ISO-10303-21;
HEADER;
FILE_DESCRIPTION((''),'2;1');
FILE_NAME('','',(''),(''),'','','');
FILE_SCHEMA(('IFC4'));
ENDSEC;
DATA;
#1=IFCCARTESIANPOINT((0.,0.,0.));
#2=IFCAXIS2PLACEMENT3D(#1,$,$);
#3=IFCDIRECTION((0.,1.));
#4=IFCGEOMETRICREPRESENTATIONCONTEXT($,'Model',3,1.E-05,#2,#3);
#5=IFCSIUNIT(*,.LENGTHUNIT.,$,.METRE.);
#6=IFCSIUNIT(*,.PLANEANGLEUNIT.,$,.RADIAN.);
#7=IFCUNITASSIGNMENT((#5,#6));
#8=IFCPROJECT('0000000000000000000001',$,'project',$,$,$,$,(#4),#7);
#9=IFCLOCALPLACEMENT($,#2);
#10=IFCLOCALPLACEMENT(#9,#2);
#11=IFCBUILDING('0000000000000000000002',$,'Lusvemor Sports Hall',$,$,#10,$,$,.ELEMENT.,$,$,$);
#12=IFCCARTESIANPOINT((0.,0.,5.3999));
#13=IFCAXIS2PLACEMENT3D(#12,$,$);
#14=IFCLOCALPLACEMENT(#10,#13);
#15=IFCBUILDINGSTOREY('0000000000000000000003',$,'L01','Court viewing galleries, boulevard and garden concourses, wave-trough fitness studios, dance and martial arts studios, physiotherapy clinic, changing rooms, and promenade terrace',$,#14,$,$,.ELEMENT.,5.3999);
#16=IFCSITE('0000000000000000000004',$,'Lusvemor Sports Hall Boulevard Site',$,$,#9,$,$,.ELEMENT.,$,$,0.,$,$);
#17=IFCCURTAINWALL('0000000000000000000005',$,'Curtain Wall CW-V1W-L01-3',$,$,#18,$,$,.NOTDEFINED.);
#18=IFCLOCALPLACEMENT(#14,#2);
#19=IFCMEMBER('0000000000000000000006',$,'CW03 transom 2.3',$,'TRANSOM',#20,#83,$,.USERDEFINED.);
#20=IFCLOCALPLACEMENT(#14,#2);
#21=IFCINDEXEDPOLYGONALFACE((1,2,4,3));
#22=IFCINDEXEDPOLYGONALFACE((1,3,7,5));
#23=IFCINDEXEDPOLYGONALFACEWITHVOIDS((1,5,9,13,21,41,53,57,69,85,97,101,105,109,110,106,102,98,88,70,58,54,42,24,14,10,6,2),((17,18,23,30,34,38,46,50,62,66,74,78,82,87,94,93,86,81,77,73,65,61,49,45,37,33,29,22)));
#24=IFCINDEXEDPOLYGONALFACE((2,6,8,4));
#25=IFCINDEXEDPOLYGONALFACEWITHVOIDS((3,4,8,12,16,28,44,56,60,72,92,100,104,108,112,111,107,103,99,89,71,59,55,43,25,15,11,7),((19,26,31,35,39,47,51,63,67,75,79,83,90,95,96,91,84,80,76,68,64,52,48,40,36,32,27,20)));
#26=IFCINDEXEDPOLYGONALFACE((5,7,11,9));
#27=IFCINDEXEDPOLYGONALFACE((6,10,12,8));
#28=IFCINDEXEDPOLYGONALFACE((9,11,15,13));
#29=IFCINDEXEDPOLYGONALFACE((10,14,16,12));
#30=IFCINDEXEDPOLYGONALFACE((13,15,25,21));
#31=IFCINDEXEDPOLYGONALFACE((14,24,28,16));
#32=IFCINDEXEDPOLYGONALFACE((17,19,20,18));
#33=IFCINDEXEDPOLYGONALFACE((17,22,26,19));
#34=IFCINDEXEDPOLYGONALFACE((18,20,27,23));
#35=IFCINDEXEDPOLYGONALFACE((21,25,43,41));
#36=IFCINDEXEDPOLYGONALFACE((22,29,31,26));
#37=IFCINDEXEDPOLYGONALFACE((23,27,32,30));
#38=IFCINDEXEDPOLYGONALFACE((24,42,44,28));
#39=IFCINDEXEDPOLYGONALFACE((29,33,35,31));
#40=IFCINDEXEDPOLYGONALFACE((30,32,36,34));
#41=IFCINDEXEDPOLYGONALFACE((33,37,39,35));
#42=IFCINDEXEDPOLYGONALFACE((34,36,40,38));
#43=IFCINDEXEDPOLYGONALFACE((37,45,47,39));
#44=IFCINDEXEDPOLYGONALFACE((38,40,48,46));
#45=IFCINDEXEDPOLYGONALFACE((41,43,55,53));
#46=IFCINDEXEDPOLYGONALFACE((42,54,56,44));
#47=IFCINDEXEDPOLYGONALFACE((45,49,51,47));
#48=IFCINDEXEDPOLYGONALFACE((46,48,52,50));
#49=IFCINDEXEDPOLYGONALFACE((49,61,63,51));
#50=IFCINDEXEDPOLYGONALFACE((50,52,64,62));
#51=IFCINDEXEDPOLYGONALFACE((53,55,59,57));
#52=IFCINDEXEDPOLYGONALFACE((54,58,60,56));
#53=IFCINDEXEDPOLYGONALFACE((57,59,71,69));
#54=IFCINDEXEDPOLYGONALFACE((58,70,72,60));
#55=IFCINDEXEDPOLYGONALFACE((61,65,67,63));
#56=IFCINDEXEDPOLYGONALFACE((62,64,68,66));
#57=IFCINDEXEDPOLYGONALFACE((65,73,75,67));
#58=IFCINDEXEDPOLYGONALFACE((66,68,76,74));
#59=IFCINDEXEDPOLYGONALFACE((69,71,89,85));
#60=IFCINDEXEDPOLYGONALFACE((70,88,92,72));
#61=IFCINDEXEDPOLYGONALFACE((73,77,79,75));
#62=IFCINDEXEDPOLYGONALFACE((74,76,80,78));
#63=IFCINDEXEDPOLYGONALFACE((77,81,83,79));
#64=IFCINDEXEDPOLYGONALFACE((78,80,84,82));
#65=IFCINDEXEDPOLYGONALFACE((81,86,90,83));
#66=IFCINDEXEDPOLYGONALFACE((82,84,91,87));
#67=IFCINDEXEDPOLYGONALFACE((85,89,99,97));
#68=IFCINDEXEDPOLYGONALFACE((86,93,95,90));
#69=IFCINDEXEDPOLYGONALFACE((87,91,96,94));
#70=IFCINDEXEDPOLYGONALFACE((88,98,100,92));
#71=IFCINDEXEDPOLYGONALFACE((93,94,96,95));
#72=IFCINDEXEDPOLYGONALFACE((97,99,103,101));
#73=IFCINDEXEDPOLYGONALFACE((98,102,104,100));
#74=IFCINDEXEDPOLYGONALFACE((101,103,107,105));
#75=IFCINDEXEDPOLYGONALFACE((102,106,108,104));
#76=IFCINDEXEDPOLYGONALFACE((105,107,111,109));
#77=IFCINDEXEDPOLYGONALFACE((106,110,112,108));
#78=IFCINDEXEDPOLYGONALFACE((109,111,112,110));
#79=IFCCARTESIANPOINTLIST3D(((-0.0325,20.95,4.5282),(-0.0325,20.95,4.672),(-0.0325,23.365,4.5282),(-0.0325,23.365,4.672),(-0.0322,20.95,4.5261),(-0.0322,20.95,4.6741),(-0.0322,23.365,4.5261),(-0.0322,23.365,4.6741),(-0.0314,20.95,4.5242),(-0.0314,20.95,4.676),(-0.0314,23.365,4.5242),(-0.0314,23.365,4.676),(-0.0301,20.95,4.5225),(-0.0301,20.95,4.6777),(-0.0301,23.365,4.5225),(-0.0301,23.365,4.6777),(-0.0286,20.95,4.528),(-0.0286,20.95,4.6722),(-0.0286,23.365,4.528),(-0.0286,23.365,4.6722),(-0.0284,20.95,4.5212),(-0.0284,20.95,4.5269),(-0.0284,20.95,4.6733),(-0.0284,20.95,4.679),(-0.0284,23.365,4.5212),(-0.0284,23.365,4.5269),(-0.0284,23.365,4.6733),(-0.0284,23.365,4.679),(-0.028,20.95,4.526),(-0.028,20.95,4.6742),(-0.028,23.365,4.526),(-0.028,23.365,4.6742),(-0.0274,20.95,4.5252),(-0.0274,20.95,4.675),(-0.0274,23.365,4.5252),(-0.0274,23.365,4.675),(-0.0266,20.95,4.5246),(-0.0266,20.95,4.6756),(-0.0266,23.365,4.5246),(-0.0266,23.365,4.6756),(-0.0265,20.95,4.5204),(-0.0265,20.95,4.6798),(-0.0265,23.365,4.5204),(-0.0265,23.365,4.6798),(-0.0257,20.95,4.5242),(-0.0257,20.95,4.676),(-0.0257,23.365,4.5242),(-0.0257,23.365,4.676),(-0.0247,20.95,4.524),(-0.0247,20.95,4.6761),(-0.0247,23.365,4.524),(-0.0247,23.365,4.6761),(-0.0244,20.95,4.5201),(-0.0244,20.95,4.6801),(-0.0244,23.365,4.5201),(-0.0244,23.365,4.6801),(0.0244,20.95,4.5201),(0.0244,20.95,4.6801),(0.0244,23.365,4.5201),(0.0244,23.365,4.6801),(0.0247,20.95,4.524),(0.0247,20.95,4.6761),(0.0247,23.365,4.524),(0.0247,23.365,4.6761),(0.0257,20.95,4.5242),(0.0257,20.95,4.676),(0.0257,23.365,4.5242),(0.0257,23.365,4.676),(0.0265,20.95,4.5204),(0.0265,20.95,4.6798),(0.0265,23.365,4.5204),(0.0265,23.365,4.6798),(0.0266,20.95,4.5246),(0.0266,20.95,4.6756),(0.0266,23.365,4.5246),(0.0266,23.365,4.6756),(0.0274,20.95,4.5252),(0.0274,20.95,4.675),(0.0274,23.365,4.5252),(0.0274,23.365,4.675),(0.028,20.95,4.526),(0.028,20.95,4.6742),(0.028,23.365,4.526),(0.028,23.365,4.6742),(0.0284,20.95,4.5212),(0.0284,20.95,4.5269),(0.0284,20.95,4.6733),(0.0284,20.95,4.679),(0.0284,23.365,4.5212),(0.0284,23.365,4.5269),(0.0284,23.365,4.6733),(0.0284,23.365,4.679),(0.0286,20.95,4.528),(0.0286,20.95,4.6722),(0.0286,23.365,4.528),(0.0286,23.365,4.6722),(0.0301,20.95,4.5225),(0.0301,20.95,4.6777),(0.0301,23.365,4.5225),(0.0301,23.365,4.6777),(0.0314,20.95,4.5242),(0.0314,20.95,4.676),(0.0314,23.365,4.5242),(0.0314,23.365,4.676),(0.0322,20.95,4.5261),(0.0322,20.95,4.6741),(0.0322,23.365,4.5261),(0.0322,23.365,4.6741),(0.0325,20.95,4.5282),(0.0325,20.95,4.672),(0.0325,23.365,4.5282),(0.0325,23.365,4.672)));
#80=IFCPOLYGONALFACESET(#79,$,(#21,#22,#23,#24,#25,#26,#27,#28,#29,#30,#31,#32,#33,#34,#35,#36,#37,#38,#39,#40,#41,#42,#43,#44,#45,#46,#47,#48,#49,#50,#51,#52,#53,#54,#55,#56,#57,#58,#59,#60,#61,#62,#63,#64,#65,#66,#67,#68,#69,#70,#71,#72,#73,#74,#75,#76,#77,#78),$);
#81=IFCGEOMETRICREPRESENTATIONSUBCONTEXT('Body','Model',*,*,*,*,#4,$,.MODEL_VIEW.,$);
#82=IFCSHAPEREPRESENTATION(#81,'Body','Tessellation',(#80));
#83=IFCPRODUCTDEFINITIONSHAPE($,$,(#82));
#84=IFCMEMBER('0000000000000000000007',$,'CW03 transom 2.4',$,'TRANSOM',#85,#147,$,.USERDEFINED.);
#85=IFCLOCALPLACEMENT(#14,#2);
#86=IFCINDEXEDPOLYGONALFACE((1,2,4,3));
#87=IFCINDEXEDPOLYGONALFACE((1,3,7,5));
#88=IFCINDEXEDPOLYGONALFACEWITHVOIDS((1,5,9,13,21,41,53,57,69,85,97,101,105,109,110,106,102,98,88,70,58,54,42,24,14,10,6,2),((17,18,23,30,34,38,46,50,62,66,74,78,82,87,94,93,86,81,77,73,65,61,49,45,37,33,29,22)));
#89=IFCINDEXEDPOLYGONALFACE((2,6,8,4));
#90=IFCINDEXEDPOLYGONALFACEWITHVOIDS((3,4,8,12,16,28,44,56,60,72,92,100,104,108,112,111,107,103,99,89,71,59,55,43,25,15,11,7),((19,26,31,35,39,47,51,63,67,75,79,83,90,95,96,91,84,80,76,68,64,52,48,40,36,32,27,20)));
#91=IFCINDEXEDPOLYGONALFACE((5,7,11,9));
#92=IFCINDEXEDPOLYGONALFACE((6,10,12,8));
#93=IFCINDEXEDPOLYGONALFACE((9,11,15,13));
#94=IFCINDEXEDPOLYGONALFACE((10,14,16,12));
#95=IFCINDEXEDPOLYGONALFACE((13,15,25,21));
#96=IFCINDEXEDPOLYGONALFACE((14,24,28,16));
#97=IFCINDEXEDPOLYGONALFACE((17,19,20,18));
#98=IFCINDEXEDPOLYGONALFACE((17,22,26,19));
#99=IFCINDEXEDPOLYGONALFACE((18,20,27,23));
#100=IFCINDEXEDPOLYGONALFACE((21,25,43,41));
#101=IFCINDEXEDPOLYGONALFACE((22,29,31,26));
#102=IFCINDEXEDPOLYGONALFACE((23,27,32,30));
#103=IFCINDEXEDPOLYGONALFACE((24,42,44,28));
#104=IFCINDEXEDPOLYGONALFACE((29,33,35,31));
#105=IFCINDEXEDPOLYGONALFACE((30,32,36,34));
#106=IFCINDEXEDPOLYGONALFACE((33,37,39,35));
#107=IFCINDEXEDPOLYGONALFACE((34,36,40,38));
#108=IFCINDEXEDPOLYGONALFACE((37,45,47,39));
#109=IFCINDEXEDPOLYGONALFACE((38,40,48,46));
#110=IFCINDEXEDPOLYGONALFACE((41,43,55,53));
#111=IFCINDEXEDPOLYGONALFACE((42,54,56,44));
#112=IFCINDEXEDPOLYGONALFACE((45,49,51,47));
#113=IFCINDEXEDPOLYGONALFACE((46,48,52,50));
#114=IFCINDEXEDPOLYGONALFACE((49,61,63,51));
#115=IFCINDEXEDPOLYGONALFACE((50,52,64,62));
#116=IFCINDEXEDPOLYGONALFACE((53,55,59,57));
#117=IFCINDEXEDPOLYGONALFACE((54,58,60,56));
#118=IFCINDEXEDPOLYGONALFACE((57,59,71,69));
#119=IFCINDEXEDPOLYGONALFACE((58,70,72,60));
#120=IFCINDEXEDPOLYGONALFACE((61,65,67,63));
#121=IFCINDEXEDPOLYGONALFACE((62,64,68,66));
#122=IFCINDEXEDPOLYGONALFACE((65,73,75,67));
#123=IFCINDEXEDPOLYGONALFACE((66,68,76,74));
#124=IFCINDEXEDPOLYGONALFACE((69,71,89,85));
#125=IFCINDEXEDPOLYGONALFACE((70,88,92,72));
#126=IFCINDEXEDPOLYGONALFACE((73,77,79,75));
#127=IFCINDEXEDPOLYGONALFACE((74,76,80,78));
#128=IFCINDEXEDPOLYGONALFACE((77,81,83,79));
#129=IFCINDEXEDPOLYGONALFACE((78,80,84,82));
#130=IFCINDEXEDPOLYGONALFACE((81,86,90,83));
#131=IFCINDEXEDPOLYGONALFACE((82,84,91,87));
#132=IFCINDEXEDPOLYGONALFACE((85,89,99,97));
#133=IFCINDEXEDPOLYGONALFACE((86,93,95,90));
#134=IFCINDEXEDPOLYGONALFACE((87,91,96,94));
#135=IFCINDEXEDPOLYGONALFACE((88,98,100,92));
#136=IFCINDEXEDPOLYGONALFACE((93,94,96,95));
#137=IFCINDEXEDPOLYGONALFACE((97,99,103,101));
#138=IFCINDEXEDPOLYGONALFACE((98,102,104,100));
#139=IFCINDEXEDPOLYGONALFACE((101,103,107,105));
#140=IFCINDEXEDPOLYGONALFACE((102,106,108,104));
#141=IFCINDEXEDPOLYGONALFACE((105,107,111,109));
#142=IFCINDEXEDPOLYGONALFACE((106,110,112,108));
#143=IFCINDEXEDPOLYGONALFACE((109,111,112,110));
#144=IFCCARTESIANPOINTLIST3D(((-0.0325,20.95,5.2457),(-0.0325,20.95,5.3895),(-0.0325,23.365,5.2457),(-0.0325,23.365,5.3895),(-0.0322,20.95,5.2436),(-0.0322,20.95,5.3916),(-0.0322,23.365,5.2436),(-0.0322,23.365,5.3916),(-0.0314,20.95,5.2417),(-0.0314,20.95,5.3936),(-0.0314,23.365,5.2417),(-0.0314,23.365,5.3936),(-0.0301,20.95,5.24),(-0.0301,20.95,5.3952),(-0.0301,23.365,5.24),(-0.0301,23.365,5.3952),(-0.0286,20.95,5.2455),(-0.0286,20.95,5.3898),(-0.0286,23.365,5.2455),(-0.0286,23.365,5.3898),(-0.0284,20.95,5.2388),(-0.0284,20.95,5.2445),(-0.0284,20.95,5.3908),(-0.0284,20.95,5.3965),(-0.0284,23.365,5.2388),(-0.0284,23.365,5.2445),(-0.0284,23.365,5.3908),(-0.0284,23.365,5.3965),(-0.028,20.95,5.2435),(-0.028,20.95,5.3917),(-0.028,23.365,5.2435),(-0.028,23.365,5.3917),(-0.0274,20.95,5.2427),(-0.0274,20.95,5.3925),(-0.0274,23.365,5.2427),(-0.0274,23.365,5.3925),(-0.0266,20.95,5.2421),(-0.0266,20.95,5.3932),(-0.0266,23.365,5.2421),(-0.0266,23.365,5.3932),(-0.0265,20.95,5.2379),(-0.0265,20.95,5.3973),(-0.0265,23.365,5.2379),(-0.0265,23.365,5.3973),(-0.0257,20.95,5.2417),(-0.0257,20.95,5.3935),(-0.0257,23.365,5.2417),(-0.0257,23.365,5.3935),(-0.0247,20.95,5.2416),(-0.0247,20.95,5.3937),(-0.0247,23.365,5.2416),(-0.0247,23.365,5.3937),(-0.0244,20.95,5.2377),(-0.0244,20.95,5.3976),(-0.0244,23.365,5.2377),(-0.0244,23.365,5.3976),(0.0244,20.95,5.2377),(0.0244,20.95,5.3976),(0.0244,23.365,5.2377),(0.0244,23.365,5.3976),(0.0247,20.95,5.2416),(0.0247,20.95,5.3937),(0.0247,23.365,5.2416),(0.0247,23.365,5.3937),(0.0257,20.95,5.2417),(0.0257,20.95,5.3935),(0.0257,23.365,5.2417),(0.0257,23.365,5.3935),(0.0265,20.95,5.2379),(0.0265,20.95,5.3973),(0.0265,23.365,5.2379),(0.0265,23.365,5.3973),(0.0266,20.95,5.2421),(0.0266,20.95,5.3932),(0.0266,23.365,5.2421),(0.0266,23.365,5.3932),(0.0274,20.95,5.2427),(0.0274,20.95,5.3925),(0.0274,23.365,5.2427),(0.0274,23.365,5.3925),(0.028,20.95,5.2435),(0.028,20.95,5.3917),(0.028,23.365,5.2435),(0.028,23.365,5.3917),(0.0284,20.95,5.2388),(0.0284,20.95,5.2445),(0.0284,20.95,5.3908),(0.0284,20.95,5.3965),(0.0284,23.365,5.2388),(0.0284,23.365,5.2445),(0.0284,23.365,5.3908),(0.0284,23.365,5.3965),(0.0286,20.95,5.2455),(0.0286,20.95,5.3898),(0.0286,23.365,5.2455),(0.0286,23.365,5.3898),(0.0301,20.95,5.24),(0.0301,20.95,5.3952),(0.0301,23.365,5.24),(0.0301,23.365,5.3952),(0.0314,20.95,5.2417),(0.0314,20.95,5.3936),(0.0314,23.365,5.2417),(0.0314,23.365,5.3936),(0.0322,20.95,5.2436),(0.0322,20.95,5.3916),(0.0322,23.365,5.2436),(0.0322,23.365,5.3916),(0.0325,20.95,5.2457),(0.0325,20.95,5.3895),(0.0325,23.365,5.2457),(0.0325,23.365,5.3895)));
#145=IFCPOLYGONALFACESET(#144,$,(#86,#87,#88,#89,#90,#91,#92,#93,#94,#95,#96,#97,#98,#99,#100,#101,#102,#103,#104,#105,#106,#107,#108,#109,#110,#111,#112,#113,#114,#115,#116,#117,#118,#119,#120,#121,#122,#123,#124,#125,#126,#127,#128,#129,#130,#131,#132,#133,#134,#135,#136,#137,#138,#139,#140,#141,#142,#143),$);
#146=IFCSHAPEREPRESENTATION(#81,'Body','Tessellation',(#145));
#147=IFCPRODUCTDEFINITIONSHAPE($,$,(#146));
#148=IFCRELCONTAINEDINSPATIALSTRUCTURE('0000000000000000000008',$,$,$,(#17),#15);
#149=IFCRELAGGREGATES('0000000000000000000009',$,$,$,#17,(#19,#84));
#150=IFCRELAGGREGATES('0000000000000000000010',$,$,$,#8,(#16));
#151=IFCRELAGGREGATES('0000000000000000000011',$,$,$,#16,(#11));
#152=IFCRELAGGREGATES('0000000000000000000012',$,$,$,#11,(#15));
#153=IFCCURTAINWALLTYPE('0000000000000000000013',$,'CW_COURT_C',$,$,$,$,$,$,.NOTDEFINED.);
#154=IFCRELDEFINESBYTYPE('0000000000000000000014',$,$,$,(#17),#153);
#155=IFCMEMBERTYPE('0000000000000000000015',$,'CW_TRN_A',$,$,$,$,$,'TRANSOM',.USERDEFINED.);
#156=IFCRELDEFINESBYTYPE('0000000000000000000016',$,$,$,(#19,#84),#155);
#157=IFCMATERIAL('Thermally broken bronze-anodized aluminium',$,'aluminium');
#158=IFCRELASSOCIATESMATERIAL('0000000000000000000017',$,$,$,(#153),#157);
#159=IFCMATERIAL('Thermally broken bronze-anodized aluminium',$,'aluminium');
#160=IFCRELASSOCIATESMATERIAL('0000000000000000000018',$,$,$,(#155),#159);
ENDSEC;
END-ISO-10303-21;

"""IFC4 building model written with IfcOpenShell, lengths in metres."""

from ifc_helpers import new_model, si_unit, direction, frame, origin, origin_2d, place, context, subcontext, project, spatial, hollow_rectangle, extrude, material, material_profile, profile_set, type_object, element, aggregate, save


model = new_model("IFC4")

# Units and contexts
model_context = context("Model", 3, precision=1e-05, world=origin(), true_north=direction((0.0, 1.0)))
body_context = subcontext(model_context, "Body", "Model", "MODEL_VIEW")
ifc_project = project(units=[si_unit("LENGTHUNIT", "METRE"), si_unit("PLANEANGLEUNIT", "RADIAN")], contexts=[model_context])

# Site, building, storey
site_placement = place(None, origin())
site = spatial("IfcSite", under=ifc_project, at=site_placement, Name="Lusvemor Sports Hall Boulevard Site", CompositionType="ELEMENT", RefElevation=0.0)
building_placement = place(site_placement, origin())
building = spatial("IfcBuilding", under=site, at=building_placement, Name="Lusvemor Sports Hall", CompositionType="ELEMENT")
storey_placement = place(building_placement, frame((0.0, 0.0, 5.3999)))
storey = spatial("IfcBuildingStorey", under=building, at=storey_placement, Name="L01", Description="Court viewing galleries, boulevard and garden concourses, wave-trough fitness studios, dance and martial arts studios, physiotherapy clinic, changing rooms, and promenade terrace", CompositionType="ELEMENT", Elevation=5.3999)

# Shared definitions
ifc_material_1 = material(Name="Thermally broken bronze-anodized aluminium", Category="aluminium")
curtain_wall_type = type_object("IfcCurtainWallType", Name="CW_COURT_C", PredefinedType="NOTDEFINED", material=ifc_material_1)

# Curtain wall, members
curtain_wall_1_placement = place(storey_placement, origin())
curtain_wall_1 = element("IfcCurtainWall", 1, at=curtain_wall_1_placement, inside=storey, type_object=curtain_wall_type, Name="Curtain Wall CW-V1W-L01-3", PredefinedType="NOTDEFINED")
ifc_material_2 = material(Name="Thermally broken bronze-anodized aluminium", Category="aluminium")
ifc_material_profile_1 = material_profile(ifc_material_2, hollow_rectangle(XDim=0.0649, YDim=0.1599, WallThickness=0.0039, InnerFilletRadius=0.0039, OuterFilletRadius=0.0081, at=origin_2d()), Name="CWTRN160x65x4")
ifc_profile_set_1 = profile_set([ifc_material_profile_1], Name="Thermally broken bronze-anodized aluminium")
member_type_1 = type_object("IfcMemberType", Name="CW_TRN_A", ElementType="TRANSOM", PredefinedType="USERDEFINED", material=ifc_profile_set_1)
member_1_placement = place(storey_placement, frame((0.0, 20.95, 4.6001), z_axis=(0.0, 1.0, 0.0), x_axis=(-1.0, 0.0, 0.0)))
member_1 = element("IfcMember", 2, at=member_1_placement, type_object=member_type_1, Name="CW03 transom 2.3", ObjectType="TRANSOM", PredefinedType="USERDEFINED", context=body_context, shape_type="SweptSolid", body=[
    extrude(hollow_rectangle(XDim=0.0649, YDim=0.1599, WallThickness=0.0039, InnerFilletRadius=0.0039, OuterFilletRadius=0.0081, at=origin_2d()), origin(), (0.0, 0.0, 1.0), 2.415),
])
member_2_placement = place(storey_placement, frame((0.0, 20.95, 5.3176), z_axis=(0.0, 1.0, 0.0), x_axis=(-1.0, 0.0, 0.0)))
member_2 = element("IfcMember", 3, at=member_2_placement, type_object=member_type_1, Name="CW03 transom 2.4", ObjectType="TRANSOM", PredefinedType="USERDEFINED", context=body_context, shape_type="SweptSolid", body=[
    extrude(hollow_rectangle(XDim=0.0649, YDim=0.1599, WallThickness=0.0039, InnerFilletRadius=0.0039, OuterFilletRadius=0.0081, at=origin_2d()), origin(), (0.0, 0.0, 1.0), 2.415),
])
aggregate(curtain_wall_1, [member_1, member_2])

save(model, "model.ifc")
